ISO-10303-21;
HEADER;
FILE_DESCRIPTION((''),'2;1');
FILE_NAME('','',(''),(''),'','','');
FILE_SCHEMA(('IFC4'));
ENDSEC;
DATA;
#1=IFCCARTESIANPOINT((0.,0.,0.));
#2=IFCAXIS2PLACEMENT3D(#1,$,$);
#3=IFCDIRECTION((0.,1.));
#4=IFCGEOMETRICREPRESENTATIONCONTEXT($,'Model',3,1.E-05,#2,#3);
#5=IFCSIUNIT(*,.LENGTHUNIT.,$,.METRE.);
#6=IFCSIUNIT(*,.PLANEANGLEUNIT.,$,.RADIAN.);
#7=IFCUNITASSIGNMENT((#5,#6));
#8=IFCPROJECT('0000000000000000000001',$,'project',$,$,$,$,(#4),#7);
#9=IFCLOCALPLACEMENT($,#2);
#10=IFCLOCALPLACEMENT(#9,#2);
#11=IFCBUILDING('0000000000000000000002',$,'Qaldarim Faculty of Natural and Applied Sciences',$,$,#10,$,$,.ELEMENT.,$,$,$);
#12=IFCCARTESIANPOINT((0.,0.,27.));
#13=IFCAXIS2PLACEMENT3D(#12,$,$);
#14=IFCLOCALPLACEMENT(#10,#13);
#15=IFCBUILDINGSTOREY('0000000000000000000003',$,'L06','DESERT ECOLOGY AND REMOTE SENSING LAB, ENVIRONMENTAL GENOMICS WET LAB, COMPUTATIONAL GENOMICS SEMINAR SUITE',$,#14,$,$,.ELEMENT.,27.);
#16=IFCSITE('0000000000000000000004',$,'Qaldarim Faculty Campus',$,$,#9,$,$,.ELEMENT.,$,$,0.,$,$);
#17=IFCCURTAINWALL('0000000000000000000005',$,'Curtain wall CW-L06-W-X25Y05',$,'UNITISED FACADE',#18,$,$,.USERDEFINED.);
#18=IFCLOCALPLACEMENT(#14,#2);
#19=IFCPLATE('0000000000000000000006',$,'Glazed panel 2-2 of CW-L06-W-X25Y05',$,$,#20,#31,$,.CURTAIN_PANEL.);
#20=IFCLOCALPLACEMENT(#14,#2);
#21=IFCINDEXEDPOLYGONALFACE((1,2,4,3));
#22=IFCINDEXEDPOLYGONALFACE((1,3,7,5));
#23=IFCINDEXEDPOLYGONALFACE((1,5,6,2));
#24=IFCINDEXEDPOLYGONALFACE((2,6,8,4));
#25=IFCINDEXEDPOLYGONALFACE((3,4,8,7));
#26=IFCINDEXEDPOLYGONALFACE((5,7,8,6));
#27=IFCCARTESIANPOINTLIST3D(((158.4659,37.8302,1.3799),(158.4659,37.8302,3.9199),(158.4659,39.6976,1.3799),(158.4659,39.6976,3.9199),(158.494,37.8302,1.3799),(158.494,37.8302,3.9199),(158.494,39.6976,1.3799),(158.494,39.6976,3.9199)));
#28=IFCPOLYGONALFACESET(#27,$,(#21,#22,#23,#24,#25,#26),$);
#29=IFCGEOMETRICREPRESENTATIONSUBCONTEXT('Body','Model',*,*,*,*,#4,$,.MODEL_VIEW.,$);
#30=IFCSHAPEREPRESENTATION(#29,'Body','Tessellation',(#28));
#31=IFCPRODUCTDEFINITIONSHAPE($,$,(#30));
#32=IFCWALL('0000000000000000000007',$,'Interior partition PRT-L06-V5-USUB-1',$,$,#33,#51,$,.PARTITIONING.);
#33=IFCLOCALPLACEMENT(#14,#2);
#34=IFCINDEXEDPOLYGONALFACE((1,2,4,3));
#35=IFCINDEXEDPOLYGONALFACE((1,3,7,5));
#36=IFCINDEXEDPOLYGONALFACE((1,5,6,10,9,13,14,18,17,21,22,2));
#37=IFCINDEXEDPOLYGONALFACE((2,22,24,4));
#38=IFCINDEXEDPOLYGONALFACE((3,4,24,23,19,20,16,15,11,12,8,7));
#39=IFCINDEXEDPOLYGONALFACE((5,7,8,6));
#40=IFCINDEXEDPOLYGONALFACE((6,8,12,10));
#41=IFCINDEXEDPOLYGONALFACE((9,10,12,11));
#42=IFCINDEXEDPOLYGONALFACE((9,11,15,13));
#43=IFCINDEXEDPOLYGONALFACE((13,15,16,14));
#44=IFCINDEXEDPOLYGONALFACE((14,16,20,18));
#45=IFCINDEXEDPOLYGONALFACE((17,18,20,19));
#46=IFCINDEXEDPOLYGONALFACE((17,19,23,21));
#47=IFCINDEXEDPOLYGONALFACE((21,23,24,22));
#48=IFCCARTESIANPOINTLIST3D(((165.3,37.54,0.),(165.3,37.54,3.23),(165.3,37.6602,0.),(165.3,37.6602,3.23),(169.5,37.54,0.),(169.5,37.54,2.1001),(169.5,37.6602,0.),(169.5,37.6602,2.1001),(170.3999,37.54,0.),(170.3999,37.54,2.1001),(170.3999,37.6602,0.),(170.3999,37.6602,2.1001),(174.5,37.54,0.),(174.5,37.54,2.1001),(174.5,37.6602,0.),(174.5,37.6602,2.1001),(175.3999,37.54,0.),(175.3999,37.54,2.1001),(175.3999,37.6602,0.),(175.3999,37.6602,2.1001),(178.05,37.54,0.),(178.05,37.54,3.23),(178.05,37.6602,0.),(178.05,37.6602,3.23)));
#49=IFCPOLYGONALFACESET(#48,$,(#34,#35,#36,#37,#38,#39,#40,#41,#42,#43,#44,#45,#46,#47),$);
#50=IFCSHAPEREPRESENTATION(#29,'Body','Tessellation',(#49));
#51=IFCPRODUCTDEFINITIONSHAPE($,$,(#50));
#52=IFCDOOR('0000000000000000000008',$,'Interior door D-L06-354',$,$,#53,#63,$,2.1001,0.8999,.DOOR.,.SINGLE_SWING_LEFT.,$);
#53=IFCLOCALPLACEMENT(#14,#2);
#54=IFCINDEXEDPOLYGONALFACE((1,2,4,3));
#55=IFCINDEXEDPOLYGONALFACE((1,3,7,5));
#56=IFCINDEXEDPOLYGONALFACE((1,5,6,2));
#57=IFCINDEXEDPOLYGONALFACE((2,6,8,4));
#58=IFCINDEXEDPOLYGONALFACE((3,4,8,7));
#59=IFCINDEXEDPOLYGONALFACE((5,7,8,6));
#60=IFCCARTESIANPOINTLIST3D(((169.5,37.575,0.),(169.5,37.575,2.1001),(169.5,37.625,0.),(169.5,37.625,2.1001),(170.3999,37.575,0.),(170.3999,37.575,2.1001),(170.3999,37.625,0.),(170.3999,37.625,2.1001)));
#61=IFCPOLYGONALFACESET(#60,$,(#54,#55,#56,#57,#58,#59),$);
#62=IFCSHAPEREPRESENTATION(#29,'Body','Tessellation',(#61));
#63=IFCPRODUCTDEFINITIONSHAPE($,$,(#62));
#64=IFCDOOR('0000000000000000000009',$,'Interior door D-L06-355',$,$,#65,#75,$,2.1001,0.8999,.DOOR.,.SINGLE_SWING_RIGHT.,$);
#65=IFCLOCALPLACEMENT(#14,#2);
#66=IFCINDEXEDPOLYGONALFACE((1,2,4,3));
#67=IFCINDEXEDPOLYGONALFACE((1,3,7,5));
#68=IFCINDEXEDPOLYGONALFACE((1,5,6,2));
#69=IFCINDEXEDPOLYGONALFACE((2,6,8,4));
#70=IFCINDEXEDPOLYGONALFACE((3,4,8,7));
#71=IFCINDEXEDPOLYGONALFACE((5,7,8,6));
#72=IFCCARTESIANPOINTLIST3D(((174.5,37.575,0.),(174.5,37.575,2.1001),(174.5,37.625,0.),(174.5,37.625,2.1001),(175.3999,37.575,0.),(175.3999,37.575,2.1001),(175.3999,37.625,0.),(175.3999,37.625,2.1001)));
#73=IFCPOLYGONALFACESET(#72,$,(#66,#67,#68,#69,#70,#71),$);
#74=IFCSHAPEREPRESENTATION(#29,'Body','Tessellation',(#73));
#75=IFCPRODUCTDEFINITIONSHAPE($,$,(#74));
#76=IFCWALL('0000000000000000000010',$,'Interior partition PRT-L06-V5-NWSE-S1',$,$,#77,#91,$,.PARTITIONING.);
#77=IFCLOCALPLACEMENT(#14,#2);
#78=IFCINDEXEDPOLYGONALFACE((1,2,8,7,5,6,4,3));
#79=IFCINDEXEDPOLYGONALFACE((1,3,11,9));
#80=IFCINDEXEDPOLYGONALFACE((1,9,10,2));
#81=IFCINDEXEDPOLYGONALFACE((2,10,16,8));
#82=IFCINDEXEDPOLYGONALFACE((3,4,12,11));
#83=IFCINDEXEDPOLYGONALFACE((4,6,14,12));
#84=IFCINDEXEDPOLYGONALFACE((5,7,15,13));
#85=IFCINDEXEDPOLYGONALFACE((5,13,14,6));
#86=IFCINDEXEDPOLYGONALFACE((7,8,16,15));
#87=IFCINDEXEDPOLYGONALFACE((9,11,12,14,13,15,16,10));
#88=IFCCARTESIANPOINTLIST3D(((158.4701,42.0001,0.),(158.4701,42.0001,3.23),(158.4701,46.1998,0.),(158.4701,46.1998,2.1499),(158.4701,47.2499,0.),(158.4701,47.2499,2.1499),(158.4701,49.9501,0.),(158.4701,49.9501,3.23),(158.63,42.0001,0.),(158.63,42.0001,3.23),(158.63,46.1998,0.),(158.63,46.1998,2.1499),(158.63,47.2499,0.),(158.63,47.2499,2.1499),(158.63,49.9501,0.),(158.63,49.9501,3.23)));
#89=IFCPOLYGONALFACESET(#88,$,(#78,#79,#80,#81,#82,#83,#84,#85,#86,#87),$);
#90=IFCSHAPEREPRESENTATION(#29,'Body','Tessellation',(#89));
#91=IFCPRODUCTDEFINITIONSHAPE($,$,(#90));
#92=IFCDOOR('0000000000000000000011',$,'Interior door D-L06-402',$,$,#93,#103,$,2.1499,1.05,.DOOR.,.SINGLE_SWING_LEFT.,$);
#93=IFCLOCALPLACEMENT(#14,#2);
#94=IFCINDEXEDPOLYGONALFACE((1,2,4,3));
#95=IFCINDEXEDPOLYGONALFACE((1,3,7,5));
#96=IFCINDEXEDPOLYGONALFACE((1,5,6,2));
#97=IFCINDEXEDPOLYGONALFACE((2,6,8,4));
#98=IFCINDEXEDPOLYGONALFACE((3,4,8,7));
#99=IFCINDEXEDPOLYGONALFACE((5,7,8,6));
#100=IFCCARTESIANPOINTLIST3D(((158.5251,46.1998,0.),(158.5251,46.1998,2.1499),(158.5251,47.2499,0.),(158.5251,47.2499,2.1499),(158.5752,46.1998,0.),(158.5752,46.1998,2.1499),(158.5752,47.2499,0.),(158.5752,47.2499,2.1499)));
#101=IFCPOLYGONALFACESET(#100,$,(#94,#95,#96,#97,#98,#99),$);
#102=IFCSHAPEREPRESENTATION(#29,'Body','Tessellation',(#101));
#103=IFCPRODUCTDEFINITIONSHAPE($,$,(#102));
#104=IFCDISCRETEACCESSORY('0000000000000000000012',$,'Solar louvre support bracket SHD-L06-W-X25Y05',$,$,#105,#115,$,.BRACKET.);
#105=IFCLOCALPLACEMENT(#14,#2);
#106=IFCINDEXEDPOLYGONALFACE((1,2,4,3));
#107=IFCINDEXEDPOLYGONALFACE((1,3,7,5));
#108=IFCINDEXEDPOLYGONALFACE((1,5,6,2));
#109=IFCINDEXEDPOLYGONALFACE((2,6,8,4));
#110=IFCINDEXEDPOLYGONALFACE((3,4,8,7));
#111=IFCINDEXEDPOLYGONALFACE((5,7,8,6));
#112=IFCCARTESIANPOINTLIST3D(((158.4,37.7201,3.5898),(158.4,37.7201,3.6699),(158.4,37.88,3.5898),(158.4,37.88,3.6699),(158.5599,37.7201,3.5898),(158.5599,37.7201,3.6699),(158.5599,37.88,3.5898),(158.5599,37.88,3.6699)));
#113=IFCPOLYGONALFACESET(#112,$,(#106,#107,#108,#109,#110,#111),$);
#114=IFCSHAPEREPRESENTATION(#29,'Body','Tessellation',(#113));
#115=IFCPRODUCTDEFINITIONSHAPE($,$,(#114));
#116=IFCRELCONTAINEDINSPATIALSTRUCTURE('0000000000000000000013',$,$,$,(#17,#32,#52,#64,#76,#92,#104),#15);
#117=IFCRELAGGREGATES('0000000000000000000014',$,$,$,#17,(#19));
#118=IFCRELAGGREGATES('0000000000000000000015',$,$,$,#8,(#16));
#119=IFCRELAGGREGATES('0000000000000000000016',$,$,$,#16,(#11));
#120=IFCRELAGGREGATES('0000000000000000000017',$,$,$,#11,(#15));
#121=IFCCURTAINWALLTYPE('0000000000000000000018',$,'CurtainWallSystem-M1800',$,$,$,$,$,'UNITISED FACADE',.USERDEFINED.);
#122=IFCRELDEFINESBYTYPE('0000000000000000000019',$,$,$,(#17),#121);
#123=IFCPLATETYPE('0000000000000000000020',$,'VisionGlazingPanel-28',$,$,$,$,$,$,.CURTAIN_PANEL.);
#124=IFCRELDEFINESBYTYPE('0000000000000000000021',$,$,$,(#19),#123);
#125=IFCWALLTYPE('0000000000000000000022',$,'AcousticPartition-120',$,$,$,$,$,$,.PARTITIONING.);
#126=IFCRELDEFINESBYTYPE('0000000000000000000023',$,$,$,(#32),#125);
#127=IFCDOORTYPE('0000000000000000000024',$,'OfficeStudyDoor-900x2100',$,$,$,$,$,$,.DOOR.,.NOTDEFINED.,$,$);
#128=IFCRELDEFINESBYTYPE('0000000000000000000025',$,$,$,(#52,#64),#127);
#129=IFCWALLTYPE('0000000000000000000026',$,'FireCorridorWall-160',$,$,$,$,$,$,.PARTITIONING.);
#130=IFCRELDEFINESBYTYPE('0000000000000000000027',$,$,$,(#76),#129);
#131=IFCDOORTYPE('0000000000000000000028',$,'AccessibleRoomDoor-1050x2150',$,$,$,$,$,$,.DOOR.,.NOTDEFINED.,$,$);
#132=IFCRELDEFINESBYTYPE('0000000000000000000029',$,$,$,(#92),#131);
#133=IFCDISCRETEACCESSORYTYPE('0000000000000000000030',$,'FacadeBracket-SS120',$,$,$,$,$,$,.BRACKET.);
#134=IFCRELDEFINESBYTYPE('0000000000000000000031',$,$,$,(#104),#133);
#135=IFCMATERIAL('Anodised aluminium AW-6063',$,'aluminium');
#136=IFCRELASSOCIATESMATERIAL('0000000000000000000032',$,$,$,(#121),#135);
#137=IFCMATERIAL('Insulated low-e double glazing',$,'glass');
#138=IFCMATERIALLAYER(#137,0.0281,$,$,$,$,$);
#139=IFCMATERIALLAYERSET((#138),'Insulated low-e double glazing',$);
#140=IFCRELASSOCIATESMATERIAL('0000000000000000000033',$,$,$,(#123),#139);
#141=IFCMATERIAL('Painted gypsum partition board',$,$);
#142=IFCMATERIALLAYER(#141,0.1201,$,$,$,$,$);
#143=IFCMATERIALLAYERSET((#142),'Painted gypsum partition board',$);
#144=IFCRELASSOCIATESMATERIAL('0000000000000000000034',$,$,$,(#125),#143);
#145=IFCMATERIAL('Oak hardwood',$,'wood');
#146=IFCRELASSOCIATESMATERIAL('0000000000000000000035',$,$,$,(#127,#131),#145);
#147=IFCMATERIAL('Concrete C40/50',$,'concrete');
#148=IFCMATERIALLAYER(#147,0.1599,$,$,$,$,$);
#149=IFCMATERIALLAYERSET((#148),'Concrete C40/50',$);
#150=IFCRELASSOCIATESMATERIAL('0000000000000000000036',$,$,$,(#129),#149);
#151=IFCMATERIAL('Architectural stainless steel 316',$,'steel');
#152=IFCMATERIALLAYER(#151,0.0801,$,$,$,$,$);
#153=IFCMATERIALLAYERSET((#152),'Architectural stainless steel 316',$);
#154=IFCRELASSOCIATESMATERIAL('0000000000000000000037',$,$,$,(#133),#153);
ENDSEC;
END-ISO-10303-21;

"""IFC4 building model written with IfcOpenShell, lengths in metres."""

from ifc_helpers import new_model, si_unit, direction, frame, frame_2d, origin, origin_2d, place, context, subcontext, project, spatial, rectangle, extrude, material, layer, layer_set, type_object, element, fill, aggregate, save


model = new_model("IFC4")

# Units and contexts
model_context = context("Model", 3, precision=1e-05, world=origin(), true_north=direction((0.0, 1.0)))
body_context = subcontext(model_context, "Body", "Model", "MODEL_VIEW")
ifc_project = project(units=[si_unit("LENGTHUNIT", "METRE"), si_unit("PLANEANGLEUNIT", "RADIAN")], contexts=[model_context])

# Site, building, storey
site_placement = place(None, origin())
site = spatial("IfcSite", under=ifc_project, at=site_placement, Name="Qaldarim Faculty Campus", CompositionType="ELEMENT", RefElevation=0.0)
building_placement = place(site_placement, origin())
building = spatial("IfcBuilding", under=site, at=building_placement, Name="Qaldarim Faculty of Natural and Applied Sciences", CompositionType="ELEMENT")
storey_placement = place(building_placement, frame((0.0, 0.0, 27.0)))
storey = spatial("IfcBuildingStorey", under=building, at=storey_placement, Name="L06", Description="DESERT ECOLOGY AND REMOTE SENSING LAB, ENVIRONMENTAL GENOMICS WET LAB, COMPUTATIONAL GENOMICS SEMINAR SUITE", CompositionType="ELEMENT", Elevation=27.0)

# Shared definitions
ifc_material_1 = material(Name="Concrete C40/50", Category="concrete")

# Curtain wall, plate
ifc_material_2 = material(Name="Anodised aluminium AW-6063", Category="aluminium")
curtain_wall_type = type_object("IfcCurtainWallType", Name="CurtainWallSystem-M1800", ElementType="UNITISED FACADE", PredefinedType="USERDEFINED", material=ifc_material_2)
curtain_wall_placement = place(storey_placement, origin())
curtain_wall = element("IfcCurtainWall", 1, at=curtain_wall_placement, inside=storey, type_object=curtain_wall_type, Name="Curtain wall CW-L06-W-X25Y05", ObjectType="UNITISED FACADE", PredefinedType="USERDEFINED")
ifc_material_3 = material(Name="Insulated low-e double glazing", Category="glass")
ifc_layer_1 = layer(ifc_material_3, 0.0281)
ifc_layer_set_1 = layer_set([ifc_layer_1], Name="Insulated low-e double glazing")
plate_type = type_object("IfcPlateType", Name="VisionGlazingPanel-28", PredefinedType="CURTAIN_PANEL", material=ifc_layer_set_1)
plate_1_placement = place(storey_placement, frame((158.48, 38.7639, 1.3799), z_axis=(0.0, 0.0, 1.0), x_axis=(0.0, -1.0, 0.0)))
plate_1 = element("IfcPlate", 2, at=plate_1_placement, type_object=plate_type, Name="Glazed panel 2-2 of CW-L06-W-X25Y05", PredefinedType="CURTAIN_PANEL", context=body_context, shape_type="SweptSolid", body=[
    extrude(rectangle(XDim=1.8674, YDim=0.0281, at=origin_2d()), origin(), (0.0, 0.0, 1.0), 2.54),
])
aggregate(curtain_wall, [plate_1])

# Wall, openings, doors
ifc_material_4 = material(Name="Painted gypsum partition board")
ifc_layer_2 = layer(ifc_material_4, 0.1201)
ifc_layer_set_2 = layer_set([ifc_layer_2], Name="Painted gypsum partition board")
wall_type_1 = type_object("IfcWallType", Name="AcousticPartition-120", PredefinedType="PARTITIONING", material=ifc_layer_set_2)
wall_1_placement = place(storey_placement, frame((165.3, 37.6001, 0.0), z_axis=(0.0, 0.0, 1.0), x_axis=(1.0, 0.0, 0.0)))
wall_1 = element("IfcWall", 3, at=wall_1_placement, inside=storey, type_object=wall_type_1, Name="Interior partition PRT-L06-V5-USUB-1", PredefinedType="PARTITIONING", context=body_context, shape_type="SweptSolid", body=[
    extrude(rectangle(XDim=12.75, YDim=0.1201, at=frame_2d((6.375, 0.0))), origin(), (0.0, 0.0, 1.0), 3.23),
])
opening_1_placement = place(wall_1_placement, frame((4.2, 0.0, 0.0)))
opening_1 = element("IfcOpeningElement", 4, at=opening_1_placement, cuts=wall_1, PredefinedType="OPENING", context=body_context, shape_type="SweptSolid", body=[
    extrude(rectangle(XDim=0.8999, YDim=2.1001, at=frame_2d((0.45, 1.05))), frame((0.0, 0.0701, 0.0), z_axis=(0.0, -1.0, 0.0), x_axis=(1.0, 0.0, 0.0)), (0.0, 0.0, 1.0), 0.1401),
])
opening_2_placement = place(wall_1_placement, frame((9.2, 0.0, 0.0)))
opening_2 = element("IfcOpeningElement", 5, at=opening_2_placement, cuts=wall_1, PredefinedType="OPENING", context=body_context, shape_type="SweptSolid", body=[
    extrude(rectangle(XDim=0.8999, YDim=2.1001, at=frame_2d((0.45, 1.05))), frame((0.0, 0.0701, 0.0), z_axis=(0.0, -1.0, 0.0), x_axis=(1.0, 0.0, 0.0)), (0.0, 0.0, 1.0), 0.1401),
])
ifc_material_5 = material(Name="Oak hardwood", Category="wood")
door_type_1 = type_object("IfcDoorType", Name="OfficeStudyDoor-900x2100", OperationType="NOTDEFINED", PredefinedType="DOOR", material=ifc_material_5)
door_1_placement = place(opening_1_placement, origin())
door_1 = element("IfcDoor", 6, at=door_1_placement, inside=storey, type_object=door_type_1, Name="Interior door D-L06-354", OperationType="SINGLE_SWING_LEFT", OverallHeight=2.1001, OverallWidth=0.8999, PredefinedType="DOOR", context=body_context, shape_type="SweptSolid", body=[
    extrude(rectangle(XDim=0.8999, YDim=2.1001, at=frame_2d((0.45, 1.05))), frame((0.0, 0.0249, 0.0), z_axis=(0.0, -1.0, 0.0), x_axis=(1.0, 0.0, 0.0)), (0.0, 0.0, 1.0), 0.05),
])
fill(opening_1, door_1)
door_2_placement = place(opening_2_placement, origin())
door_2 = element("IfcDoor", 7, at=door_2_placement, inside=storey, type_object=door_type_1, Name="Interior door D-L06-355", OperationType="SINGLE_SWING_RIGHT", OverallHeight=2.1001, OverallWidth=0.8999, PredefinedType="DOOR", context=body_context, shape_type="SweptSolid", body=[
    extrude(rectangle(XDim=0.8999, YDim=2.1001, at=frame_2d((0.45, 1.05))), frame((0.0, 0.0249, 0.0), z_axis=(0.0, -1.0, 0.0), x_axis=(1.0, 0.0, 0.0)), (0.0, 0.0, 1.0), 0.05),
])
fill(opening_2, door_2)

# Wall, opening, door
ifc_layer_3 = layer(ifc_material_1, 0.1599)
ifc_layer_set_3 = layer_set([ifc_layer_3], Name="Concrete C40/50")
wall_type_2 = type_object("IfcWallType", Name="FireCorridorWall-160", PredefinedType="PARTITIONING", material=ifc_layer_set_3)
wall_2_placement = place(storey_placement, frame((158.55, 42.0, 0.0), z_axis=(0.0, 0.0, 1.0), x_axis=(0.0, 1.0, 0.0)))
wall_2 = element("IfcWall", 8, at=wall_2_placement, inside=storey, type_object=wall_type_2, Name="Interior partition PRT-L06-V5-NWSE-S1", PredefinedType="PARTITIONING", context=body_context, shape_type="SweptSolid", body=[
    extrude(rectangle(XDim=7.95, YDim=0.1599, at=frame_2d((3.9751, 0.0))), origin(), (0.0, 0.0, 1.0), 3.23),
])
opening_3_placement = place(wall_2_placement, frame((4.2, 0.0, 0.0)))
opening_3 = element("IfcOpeningElement", 9, at=opening_3_placement, cuts=wall_2, PredefinedType="OPENING", context=body_context, shape_type="SweptSolid", body=[
    extrude(rectangle(XDim=1.05, YDim=2.1499, at=frame_2d((0.5249, 1.075))), frame((0.0, 0.0898, 0.0), z_axis=(0.0, -1.0, 0.0), x_axis=(1.0, 0.0, 0.0)), (0.0, 0.0, 1.0), 0.1799),
])
door_type_2 = type_object("IfcDoorType", Name="AccessibleRoomDoor-1050x2150", OperationType="NOTDEFINED", PredefinedType="DOOR", material=ifc_material_5)
door_3_placement = place(opening_3_placement, origin())
door_3 = element("IfcDoor", 10, at=door_3_placement, inside=storey, type_object=door_type_2, Name="Interior door D-L06-402", OperationType="SINGLE_SWING_LEFT", OverallHeight=2.1499, OverallWidth=1.05, PredefinedType="DOOR", context=body_context, shape_type="SweptSolid", body=[
    extrude(rectangle(XDim=1.05, YDim=2.1499, at=frame_2d((0.5249, 1.075))), frame((0.0, 0.0249, 0.0), z_axis=(0.0, -1.0, 0.0), x_axis=(1.0, 0.0, 0.0)), (0.0, 0.0, 1.0), 0.05),
])
fill(opening_3, door_3)

# Discrete accessory
ifc_material_6 = material(Name="Architectural stainless steel 316", Category="steel")
ifc_layer_4 = layer(ifc_material_6, 0.0801)
ifc_layer_set_4 = layer_set([ifc_layer_4], Name="Architectural stainless steel 316")
discrete_accessory_type = type_object("IfcDiscreteAccessoryType", Name="FacadeBracket-SS120", PredefinedType="BRACKET", material=ifc_layer_set_4)
discrete_accessory_placement = place(storey_placement, frame((158.48, 37.8, 3.5898), z_axis=(0.0, 0.0, 1.0), x_axis=(0.0, 1.0, 0.0)))
element("IfcDiscreteAccessory", 11, at=discrete_accessory_placement, inside=storey, type_object=discrete_accessory_type, Name="Solar louvre support bracket SHD-L06-W-X25Y05", PredefinedType="BRACKET", context=body_context, shape_type="SweptSolid", body=[
    extrude(rectangle(XDim=0.1599, YDim=0.1599, at=origin_2d()), origin(), (0.0, 0.0, 1.0), 0.0801),
])

save(model, "model.ifc")
